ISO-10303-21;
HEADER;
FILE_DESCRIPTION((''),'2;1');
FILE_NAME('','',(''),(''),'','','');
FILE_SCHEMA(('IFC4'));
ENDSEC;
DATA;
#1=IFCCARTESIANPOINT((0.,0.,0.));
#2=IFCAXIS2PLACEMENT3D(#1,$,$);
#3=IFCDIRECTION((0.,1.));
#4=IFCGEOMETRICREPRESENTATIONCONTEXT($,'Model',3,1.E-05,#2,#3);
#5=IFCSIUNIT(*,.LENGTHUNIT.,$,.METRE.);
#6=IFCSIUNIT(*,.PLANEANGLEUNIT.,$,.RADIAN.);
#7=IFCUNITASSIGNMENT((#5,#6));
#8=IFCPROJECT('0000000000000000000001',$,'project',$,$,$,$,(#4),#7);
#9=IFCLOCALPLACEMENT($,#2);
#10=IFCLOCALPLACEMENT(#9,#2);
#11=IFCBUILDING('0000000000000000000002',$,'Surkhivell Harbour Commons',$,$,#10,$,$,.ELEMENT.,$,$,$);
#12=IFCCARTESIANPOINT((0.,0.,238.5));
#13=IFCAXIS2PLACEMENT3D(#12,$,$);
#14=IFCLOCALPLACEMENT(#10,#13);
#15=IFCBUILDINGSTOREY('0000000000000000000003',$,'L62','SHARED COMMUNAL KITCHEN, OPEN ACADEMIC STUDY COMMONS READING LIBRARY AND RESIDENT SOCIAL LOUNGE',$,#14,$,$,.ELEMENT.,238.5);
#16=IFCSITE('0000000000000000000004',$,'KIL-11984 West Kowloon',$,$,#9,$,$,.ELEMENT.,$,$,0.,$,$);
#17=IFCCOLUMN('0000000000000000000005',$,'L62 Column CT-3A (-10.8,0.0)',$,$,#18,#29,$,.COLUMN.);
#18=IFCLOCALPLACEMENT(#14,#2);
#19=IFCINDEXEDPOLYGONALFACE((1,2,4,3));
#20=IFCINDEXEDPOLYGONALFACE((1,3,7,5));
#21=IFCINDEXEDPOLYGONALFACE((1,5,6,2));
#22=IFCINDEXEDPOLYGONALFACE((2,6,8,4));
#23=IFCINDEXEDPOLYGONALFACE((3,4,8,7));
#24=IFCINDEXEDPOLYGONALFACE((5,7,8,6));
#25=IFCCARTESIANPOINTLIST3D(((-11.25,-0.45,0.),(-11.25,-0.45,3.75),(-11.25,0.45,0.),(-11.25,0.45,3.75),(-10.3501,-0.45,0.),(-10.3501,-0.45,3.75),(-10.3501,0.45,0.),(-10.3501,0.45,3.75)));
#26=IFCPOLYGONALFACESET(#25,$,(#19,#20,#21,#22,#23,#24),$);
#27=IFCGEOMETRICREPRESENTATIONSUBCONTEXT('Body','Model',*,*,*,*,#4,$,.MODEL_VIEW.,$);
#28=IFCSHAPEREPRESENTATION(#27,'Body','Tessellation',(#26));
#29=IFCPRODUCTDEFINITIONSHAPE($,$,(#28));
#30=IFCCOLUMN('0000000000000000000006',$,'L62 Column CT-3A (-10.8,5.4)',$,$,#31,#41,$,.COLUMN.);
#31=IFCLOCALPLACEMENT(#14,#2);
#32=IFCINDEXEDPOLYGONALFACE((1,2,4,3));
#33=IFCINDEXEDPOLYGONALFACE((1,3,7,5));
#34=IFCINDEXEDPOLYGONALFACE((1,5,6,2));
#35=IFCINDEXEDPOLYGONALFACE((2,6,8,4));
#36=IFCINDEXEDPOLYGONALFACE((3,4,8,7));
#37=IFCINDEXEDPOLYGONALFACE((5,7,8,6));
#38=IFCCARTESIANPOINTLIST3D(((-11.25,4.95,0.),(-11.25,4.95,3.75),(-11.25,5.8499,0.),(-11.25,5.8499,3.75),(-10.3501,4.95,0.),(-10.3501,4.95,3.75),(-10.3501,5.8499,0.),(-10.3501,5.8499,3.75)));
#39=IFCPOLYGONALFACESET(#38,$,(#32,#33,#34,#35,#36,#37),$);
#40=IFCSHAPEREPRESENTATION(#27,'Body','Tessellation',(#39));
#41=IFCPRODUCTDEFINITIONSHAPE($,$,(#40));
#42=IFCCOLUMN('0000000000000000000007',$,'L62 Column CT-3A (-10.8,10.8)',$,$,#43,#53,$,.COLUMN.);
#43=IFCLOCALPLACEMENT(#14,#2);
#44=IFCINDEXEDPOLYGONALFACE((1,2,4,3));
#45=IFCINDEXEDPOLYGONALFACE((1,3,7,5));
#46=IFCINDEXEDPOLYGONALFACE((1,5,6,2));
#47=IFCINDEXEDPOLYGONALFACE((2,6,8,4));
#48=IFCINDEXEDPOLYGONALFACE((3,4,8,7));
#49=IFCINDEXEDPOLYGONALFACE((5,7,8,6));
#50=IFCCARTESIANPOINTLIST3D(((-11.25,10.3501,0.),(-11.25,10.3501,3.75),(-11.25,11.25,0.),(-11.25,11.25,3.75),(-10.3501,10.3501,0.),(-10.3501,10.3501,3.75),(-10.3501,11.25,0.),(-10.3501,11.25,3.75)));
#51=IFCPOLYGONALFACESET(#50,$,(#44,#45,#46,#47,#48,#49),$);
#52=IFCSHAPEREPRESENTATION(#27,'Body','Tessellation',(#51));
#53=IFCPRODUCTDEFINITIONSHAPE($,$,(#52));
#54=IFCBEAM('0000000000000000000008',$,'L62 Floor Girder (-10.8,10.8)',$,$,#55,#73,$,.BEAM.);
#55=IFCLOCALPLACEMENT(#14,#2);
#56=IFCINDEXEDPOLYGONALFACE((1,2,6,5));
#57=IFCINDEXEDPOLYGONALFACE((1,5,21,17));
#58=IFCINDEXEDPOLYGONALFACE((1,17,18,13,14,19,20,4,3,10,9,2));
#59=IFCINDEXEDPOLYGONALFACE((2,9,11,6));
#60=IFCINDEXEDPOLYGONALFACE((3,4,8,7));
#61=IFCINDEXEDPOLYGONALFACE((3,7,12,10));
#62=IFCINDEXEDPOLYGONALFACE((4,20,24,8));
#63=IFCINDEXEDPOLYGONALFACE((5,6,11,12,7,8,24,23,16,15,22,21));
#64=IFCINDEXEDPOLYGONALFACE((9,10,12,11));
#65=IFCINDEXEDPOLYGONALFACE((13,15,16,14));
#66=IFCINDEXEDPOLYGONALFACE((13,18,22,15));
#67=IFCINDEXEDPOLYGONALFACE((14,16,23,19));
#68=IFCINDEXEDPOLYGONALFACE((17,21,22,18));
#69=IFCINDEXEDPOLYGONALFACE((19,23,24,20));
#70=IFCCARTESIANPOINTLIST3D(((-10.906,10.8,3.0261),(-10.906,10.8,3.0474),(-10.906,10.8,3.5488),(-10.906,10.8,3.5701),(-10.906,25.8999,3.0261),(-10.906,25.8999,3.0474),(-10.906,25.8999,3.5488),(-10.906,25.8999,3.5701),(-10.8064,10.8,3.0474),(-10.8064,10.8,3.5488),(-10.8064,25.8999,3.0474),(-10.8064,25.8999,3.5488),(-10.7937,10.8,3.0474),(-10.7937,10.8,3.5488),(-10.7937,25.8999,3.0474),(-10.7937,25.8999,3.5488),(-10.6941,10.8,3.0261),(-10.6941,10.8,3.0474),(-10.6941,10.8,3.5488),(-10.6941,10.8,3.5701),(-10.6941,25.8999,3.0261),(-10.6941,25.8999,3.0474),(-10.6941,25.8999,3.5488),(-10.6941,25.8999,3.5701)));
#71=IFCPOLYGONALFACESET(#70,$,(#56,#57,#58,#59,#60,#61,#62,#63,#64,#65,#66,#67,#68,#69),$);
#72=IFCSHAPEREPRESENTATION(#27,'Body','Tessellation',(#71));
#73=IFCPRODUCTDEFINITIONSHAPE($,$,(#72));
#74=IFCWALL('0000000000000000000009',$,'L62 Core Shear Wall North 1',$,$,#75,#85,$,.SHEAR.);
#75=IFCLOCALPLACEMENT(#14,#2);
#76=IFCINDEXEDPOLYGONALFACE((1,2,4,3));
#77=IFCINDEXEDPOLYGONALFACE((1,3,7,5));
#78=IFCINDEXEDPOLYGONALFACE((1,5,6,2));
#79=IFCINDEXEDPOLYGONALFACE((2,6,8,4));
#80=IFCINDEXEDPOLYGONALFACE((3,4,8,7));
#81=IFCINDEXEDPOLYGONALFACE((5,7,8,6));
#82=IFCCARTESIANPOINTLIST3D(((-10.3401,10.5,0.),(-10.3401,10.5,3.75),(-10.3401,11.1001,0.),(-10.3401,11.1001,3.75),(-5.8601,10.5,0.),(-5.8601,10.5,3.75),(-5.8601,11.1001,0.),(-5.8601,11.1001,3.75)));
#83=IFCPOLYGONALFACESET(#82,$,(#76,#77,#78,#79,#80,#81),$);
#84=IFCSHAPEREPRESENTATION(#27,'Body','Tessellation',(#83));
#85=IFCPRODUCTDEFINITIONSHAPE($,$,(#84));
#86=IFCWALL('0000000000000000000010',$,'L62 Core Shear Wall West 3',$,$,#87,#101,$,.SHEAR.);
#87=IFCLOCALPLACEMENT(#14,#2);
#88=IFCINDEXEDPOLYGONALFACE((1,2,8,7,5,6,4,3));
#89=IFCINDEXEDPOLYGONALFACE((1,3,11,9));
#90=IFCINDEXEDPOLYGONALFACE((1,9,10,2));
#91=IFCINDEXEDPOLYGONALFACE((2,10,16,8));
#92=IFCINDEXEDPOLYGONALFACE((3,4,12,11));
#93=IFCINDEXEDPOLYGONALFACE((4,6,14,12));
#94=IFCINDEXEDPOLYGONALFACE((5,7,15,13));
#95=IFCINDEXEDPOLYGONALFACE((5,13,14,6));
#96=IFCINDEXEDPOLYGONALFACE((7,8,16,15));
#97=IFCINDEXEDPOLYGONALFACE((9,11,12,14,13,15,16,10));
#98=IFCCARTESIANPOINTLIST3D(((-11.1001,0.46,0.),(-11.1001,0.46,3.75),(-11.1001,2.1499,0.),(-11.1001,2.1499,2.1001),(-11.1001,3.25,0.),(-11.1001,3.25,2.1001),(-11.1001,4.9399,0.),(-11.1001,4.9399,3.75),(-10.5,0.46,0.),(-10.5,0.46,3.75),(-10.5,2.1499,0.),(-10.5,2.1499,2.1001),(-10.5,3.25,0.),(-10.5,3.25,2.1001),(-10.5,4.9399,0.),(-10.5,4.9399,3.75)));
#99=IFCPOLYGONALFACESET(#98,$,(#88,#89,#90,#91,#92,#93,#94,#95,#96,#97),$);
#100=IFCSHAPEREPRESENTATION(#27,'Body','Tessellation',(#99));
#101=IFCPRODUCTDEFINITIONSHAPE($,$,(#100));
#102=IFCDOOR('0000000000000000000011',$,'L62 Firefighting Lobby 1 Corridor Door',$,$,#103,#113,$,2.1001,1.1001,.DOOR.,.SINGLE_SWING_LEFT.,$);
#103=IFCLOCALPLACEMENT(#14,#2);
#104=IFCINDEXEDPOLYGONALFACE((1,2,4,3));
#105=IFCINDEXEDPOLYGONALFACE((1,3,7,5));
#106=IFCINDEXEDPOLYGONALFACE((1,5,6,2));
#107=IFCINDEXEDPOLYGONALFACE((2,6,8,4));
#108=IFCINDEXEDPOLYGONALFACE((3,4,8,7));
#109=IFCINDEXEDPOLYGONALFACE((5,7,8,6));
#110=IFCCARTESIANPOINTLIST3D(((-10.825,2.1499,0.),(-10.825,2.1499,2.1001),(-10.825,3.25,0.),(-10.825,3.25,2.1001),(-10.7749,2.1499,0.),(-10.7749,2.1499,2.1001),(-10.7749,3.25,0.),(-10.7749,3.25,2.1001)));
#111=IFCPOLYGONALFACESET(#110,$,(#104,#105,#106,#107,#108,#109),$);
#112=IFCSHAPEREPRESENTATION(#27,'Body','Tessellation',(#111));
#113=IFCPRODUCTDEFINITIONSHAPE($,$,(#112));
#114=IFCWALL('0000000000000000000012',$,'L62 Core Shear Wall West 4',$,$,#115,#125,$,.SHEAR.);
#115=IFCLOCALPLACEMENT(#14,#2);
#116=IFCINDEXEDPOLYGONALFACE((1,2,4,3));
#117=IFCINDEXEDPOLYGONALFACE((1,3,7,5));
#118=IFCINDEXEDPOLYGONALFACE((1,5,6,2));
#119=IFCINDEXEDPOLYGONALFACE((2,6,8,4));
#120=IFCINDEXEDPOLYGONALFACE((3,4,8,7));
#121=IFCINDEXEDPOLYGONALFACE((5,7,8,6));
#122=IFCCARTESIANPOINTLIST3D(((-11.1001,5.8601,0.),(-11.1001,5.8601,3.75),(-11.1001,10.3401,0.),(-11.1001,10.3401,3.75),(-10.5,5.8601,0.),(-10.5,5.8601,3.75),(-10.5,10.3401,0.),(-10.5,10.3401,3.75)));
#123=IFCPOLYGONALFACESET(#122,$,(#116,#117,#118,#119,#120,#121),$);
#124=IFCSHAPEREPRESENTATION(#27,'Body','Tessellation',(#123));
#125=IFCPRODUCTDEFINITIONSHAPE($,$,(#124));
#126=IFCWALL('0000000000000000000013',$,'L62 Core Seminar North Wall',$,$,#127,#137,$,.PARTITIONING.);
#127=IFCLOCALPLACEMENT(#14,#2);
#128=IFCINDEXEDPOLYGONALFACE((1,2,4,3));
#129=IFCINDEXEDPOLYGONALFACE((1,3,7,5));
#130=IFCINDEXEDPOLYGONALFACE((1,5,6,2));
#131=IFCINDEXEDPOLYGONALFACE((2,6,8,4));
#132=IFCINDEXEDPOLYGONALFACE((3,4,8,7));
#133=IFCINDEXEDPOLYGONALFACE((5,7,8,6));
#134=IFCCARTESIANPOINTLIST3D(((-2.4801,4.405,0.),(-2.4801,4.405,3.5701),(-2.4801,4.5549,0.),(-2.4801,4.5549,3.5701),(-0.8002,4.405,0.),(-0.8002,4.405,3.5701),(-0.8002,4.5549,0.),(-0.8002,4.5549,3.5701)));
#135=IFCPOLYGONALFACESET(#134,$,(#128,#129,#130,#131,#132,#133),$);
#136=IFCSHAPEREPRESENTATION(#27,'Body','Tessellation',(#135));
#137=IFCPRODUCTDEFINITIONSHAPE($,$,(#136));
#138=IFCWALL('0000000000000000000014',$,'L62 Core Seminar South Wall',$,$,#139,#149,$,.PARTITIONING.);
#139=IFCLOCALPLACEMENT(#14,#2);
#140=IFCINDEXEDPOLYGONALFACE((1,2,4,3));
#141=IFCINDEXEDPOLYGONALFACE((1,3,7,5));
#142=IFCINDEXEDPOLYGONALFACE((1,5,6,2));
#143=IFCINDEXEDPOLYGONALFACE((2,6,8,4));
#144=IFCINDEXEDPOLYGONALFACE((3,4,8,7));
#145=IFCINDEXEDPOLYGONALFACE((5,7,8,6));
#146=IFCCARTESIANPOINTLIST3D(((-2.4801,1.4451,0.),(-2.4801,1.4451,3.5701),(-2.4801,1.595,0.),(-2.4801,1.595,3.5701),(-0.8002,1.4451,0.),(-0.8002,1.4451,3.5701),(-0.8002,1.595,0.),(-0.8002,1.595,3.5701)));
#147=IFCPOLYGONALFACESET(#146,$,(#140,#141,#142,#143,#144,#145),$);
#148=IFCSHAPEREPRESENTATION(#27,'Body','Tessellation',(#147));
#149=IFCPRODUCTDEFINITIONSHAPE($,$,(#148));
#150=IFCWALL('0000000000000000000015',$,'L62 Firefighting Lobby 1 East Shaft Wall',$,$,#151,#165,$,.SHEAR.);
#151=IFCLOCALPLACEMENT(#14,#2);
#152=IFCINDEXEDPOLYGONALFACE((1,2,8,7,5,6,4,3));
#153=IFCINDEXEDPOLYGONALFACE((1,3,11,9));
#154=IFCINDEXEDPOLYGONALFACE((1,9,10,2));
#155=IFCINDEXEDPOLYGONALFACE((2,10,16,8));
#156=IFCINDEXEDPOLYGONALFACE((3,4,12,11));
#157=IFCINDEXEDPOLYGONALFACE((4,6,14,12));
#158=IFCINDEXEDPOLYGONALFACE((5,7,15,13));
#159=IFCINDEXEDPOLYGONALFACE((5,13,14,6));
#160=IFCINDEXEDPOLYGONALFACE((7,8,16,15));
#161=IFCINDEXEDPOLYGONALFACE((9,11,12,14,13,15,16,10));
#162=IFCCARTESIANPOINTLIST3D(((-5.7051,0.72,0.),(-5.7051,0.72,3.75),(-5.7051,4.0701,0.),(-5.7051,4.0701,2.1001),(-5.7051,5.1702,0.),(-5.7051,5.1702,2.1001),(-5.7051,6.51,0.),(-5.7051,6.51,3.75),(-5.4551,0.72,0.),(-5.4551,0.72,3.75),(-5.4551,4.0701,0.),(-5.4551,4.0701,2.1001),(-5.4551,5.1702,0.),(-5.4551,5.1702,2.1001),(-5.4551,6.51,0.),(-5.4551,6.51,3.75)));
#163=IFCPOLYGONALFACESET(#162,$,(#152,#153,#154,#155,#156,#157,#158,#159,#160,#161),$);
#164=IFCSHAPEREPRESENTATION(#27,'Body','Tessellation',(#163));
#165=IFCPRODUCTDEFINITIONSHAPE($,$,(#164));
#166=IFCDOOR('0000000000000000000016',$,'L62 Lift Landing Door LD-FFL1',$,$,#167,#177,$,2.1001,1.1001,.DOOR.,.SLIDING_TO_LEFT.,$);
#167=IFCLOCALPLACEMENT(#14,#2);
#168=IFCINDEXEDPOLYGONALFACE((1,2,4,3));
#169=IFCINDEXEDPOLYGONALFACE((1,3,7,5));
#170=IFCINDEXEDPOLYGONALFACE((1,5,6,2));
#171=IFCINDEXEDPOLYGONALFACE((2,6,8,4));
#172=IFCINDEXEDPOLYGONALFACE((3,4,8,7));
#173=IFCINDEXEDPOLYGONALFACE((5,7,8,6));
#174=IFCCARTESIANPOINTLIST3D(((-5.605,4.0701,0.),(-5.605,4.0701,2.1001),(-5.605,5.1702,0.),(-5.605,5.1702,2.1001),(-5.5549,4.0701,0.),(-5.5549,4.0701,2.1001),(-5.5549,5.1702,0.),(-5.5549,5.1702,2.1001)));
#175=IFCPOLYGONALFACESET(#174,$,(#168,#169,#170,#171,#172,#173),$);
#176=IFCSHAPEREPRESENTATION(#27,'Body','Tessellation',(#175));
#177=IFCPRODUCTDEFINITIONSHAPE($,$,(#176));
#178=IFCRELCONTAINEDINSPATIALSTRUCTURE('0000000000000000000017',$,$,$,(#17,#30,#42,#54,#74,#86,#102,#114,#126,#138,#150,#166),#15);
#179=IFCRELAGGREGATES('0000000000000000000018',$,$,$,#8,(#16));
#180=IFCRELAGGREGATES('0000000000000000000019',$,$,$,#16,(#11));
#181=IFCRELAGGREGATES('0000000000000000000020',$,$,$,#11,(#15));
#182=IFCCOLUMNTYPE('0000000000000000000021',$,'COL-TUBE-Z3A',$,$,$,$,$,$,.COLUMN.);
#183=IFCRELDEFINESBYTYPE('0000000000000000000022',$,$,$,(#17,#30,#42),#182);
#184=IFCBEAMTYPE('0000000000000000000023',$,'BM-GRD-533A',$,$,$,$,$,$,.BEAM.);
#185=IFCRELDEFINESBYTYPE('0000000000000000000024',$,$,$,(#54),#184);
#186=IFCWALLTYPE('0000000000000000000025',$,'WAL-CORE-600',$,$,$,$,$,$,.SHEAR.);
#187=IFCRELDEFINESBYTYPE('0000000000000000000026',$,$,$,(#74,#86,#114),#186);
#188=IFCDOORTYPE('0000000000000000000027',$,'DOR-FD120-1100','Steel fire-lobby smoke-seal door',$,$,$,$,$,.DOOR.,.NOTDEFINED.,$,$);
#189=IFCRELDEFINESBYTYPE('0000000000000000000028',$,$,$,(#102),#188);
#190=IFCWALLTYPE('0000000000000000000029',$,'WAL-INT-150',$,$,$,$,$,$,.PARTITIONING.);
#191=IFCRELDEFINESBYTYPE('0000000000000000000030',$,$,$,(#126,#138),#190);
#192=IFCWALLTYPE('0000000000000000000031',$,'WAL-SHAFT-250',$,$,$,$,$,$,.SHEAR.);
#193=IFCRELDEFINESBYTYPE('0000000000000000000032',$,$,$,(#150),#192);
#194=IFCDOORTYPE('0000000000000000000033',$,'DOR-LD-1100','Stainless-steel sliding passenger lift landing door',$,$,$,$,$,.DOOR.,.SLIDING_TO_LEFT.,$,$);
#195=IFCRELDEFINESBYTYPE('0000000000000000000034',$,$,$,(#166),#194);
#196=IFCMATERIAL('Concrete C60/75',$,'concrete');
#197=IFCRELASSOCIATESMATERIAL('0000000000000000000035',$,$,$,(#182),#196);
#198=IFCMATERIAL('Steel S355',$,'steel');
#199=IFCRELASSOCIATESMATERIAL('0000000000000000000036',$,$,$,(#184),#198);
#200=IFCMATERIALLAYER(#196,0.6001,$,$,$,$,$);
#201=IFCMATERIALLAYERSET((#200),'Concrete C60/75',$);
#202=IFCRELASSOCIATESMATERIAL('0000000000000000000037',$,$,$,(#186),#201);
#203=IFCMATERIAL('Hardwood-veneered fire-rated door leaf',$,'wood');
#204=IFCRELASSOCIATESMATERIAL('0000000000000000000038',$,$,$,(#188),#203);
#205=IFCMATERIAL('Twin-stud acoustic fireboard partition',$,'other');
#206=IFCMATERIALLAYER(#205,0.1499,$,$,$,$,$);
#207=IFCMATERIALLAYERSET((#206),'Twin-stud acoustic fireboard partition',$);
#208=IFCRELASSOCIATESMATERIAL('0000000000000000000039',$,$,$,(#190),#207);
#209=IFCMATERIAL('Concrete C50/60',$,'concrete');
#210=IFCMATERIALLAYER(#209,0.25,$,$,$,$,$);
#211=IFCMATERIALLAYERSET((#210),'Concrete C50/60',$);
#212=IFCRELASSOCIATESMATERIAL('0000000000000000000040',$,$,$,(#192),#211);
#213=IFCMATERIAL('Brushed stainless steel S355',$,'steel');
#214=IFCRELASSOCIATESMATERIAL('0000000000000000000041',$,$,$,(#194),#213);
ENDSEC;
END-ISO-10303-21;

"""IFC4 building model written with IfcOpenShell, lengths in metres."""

from ifc_helpers import new_model, si_unit, direction, frame, frame_2d, origin, origin_2d, place, context, subcontext, project, spatial, rectangle, i_section, extrude, material, layer, layer_set, material_profile, profile_set, type_object, element, fill, save


model = new_model("IFC4")

# Units and contexts
model_context = context("Model", 3, precision=1e-05, world=origin(), true_north=direction((0.0, 1.0)))
body_context = subcontext(model_context, "Body", "Model", "MODEL_VIEW")
ifc_project = project(units=[si_unit("LENGTHUNIT", "METRE"), si_unit("PLANEANGLEUNIT", "RADIAN")], contexts=[model_context])

# Site, building, storey
site_placement = place(None, origin())
site = spatial("IfcSite", under=ifc_project, at=site_placement, Name="KIL-11984 West Kowloon", CompositionType="ELEMENT", RefElevation=0.0)
building_placement = place(site_placement, origin())
building = spatial("IfcBuilding", under=site, at=building_placement, Name="Surkhivell Harbour Commons", CompositionType="ELEMENT")
storey_placement = place(building_placement, frame((0.0, 0.0, 238.5)))
storey = spatial("IfcBuildingStorey", under=building, at=storey_placement, Name="L62", Description="SHARED COMMUNAL KITCHEN, OPEN ACADEMIC STUDY COMMONS READING LIBRARY AND RESIDENT SOCIAL LOUNGE", CompositionType="ELEMENT", Elevation=238.5)

# Columns
ifc_material_1 = material(Name="Concrete C60/75", Category="concrete")
ifc_material_profile_1 = material_profile(ifc_material_1, rectangle(XDim=0.8999, YDim=0.8999, at=origin_2d()), Name="RC-COL-900x900")
ifc_profile_set_1 = profile_set([ifc_material_profile_1], Name="Concrete C60/75")
column_type = type_object("IfcColumnType", Name="COL-TUBE-Z3A", PredefinedType="COLUMN", material=ifc_profile_set_1)
for number, where, z_axis, x_axis, name in (
    (1, (-10.8, 0.0, 0.0), (0.0, 0.0, 1.0), (1.0, 0.0, 0.0), "L62 Column CT-3A (-10.8,0.0)"),
    (2, (-10.8, 5.3999, 0.0), (0.0, 0.0, 1.0), (1.0, 0.0, 0.0), "L62 Column CT-3A (-10.8,5.4)"),
    (3, (-10.8, 10.8, 0.0), (0.0, 0.0, 1.0), (1.0, 0.0, 0.0), "L62 Column CT-3A (-10.8,10.8)"),
):
    element("IfcColumn", number, at=place(storey_placement, frame(where, z_axis=z_axis, x_axis=x_axis)), inside=storey, type_object=column_type, Name=name, PredefinedType="COLUMN", context=body_context, shape_type="SweptSolid", body=[
        extrude(rectangle(XDim=0.8999, YDim=0.8999, at=origin_2d()), origin(), (0.0, 0.0, 1.0), 3.75),
    ])

# Beam
ifc_material_2 = material(Name="Steel S355", Category="steel")
ifc_material_profile_2 = material_profile(ifc_material_2, i_section(OverallWidth=0.2119, OverallDepth=0.5439, WebThickness=0.0127, FlangeThickness=0.0212, at=origin_2d()), Name="UB533x210x122")
ifc_profile_set_2 = profile_set([ifc_material_profile_2], Name="Steel S355")
beam_type = type_object("IfcBeamType", Name="BM-GRD-533A", PredefinedType="BEAM", material=ifc_profile_set_2)
beam_placement = place(storey_placement, frame((-10.8, 10.8, 3.2981), z_axis=(0.0, 1.0, 0.0), x_axis=(-1.0, 0.0, 0.0)))
element("IfcBeam", 4, at=beam_placement, inside=storey, type_object=beam_type, Name="L62 Floor Girder (-10.8,10.8)", PredefinedType="BEAM", context=body_context, shape_type="SweptSolid", body=[
    extrude(i_section(OverallWidth=0.2119, OverallDepth=0.5439, WebThickness=0.0127, FlangeThickness=0.0212, at=origin_2d()), origin(), (0.0, 0.0, 1.0), 15.0999),
])

# Wall
ifc_layer_1 = layer(ifc_material_1, 0.6001)
ifc_layer_set_1 = layer_set([ifc_layer_1], Name="Concrete C60/75")
wall_type_1 = type_object("IfcWallType", Name="WAL-CORE-600", PredefinedType="SHEAR", material=ifc_layer_set_1)
wall_1_placement = place(storey_placement, frame((-10.3401, 10.8, 0.0), z_axis=(0.0, 0.0, 1.0), x_axis=(1.0, 0.0, 0.0)))
element("IfcWall", 5, at=wall_1_placement, inside=storey, type_object=wall_type_1, Name="L62 Core Shear Wall North 1", PredefinedType="SHEAR", context=body_context, shape_type="SweptSolid", body=[
    extrude(rectangle(XDim=4.48, YDim=0.6001, at=frame_2d((2.24, 0.0))), origin(), (0.0, 0.0, 1.0), 3.75),
])

# Wall, opening, door
wall_2_placement = place(storey_placement, frame((-10.8, 0.46, 0.0), z_axis=(0.0, 0.0, 1.0), x_axis=(0.0, 1.0, 0.0)))
wall_2 = element("IfcWall", 6, at=wall_2_placement, inside=storey, type_object=wall_type_1, Name="L62 Core Shear Wall West 3", PredefinedType="SHEAR", context=body_context, shape_type="SweptSolid", body=[
    extrude(rectangle(XDim=4.48, YDim=0.6001, at=frame_2d((2.24, 0.0))), origin(), (0.0, 0.0, 1.0), 3.75),
])
opening_1_placement = place(wall_2_placement, frame((1.6899, 0.0, 0.0)))
opening_1 = element("IfcOpeningElement", 7, at=opening_1_placement, cuts=wall_2, PredefinedType="OPENING", context=body_context, shape_type="SweptSolid", body=[
    extrude(rectangle(XDim=1.1001, YDim=2.1001, at=frame_2d((0.55, 1.05))), frame((0.0, 0.3101, 0.0), z_axis=(0.0, -1.0, 0.0), x_axis=(1.0, 0.0, 0.0)), (0.0, 0.0, 1.0), 0.6201),
])
ifc_material_3 = material(Name="Hardwood-veneered fire-rated door leaf", Category="wood")
door_type_1 = type_object("IfcDoorType", Name="DOR-FD120-1100", Description="Steel fire-lobby smoke-seal door", OperationType="NOTDEFINED", PredefinedType="DOOR", material=ifc_material_3)
door_1_placement = place(opening_1_placement, origin())
door_1 = element("IfcDoor", 8, at=door_1_placement, inside=storey, type_object=door_type_1, Name="L62 Firefighting Lobby 1 Corridor Door", OperationType="SINGLE_SWING_LEFT", OverallHeight=2.1001, OverallWidth=1.1001, PredefinedType="DOOR", context=body_context, shape_type="SweptSolid", body=[
    extrude(rectangle(XDim=1.1001, YDim=2.1001, at=frame_2d((0.55, 1.05))), frame((0.0, 0.0249, 0.0), z_axis=(0.0, -1.0, 0.0), x_axis=(1.0, 0.0, 0.0)), (0.0, 0.0, 1.0), 0.05),
])
fill(opening_1, door_1)

# Walls
wall_3_placement = place(storey_placement, frame((-10.8, 5.8601, 0.0), z_axis=(0.0, 0.0, 1.0), x_axis=(0.0, 1.0, 0.0)))
element("IfcWall", 9, at=wall_3_placement, inside=storey, type_object=wall_type_1, Name="L62 Core Shear Wall West 4", PredefinedType="SHEAR", context=body_context, shape_type="SweptSolid", body=[
    extrude(rectangle(XDim=4.48, YDim=0.6001, at=frame_2d((2.24, 0.0))), origin(), (0.0, 0.0, 1.0), 3.75),
])
ifc_material_4 = material(Name="Twin-stud acoustic fireboard partition", Category="other")
ifc_layer_2 = layer(ifc_material_4, 0.1499)
ifc_layer_set_2 = layer_set([ifc_layer_2], Name="Twin-stud acoustic fireboard partition")
wall_type_2 = type_object("IfcWallType", Name="WAL-INT-150", PredefinedType="PARTITIONING", material=ifc_layer_set_2)
for number, where, z_axis, x_axis, name in (
    (10, (-2.48, 4.48, 0.0), (0.0, 0.0, 1.0), (1.0, 0.0, 0.0), "L62 Core Seminar North Wall"),
    (11, (-2.48, 1.52, 0.0), (0.0, 0.0, 1.0), (1.0, 0.0, 0.0), "L62 Core Seminar South Wall"),
):
    element("IfcWall", number, at=place(storey_placement, frame(where, z_axis=z_axis, x_axis=x_axis)), inside=storey, type_object=wall_type_2, Name=name, PredefinedType="PARTITIONING", context=body_context, shape_type="SweptSolid", body=[
        extrude(rectangle(XDim=1.6799, YDim=0.1499, at=frame_2d((0.8398, 0.0))), origin(), (0.0, 0.0, 1.0), 3.5701),
    ])

# Wall, opening, door
ifc_material_5 = material(Name="Concrete C50/60", Category="concrete")
ifc_layer_3 = layer(ifc_material_5, 0.25)
ifc_layer_set_3 = layer_set([ifc_layer_3], Name="Concrete C50/60")
wall_type_3 = type_object("IfcWallType", Name="WAL-SHAFT-250", PredefinedType="SHEAR", material=ifc_layer_set_3)
wall_4_placement = place(storey_placement, frame((-5.5801, 0.72, 0.0), z_axis=(0.0, 0.0, 1.0), x_axis=(0.0, 1.0, 0.0)))
wall_4 = element("IfcWall", 12, at=wall_4_placement, inside=storey, type_object=wall_type_3, Name="L62 Firefighting Lobby 1 East Shaft Wall", PredefinedType="SHEAR", context=body_context, shape_type="SweptSolid", body=[
    extrude(rectangle(XDim=5.79, YDim=0.25, at=frame_2d((2.895, 0.0))), origin(), (0.0, 0.0, 1.0), 3.75),
])
opening_2_placement = place(wall_4_placement, frame((3.3501, 0.0, 0.0)))
opening_2 = element("IfcOpeningElement", 13, at=opening_2_placement, cuts=wall_4, PredefinedType="OPENING", context=body_context, shape_type="SweptSolid", body=[
    extrude(rectangle(XDim=1.1001, YDim=2.1001, at=frame_2d((0.55, 1.05))), frame((0.0, 0.135, 0.0), z_axis=(0.0, -1.0, 0.0), x_axis=(1.0, 0.0, 0.0)), (0.0, 0.0, 1.0), 0.27),
])
ifc_material_6 = material(Name="Brushed stainless steel S355", Category="steel")
door_type_2 = type_object("IfcDoorType", Name="DOR-LD-1100", Description="Stainless-steel sliding passenger lift landing door", OperationType="SLIDING_TO_LEFT", PredefinedType="DOOR", material=ifc_material_6)
door_2_placement = place(opening_2_placement, origin())
door_2 = element("IfcDoor", 14, at=door_2_placement, inside=storey, type_object=door_type_2, Name="L62 Lift Landing Door LD-FFL1", OperationType="SLIDING_TO_LEFT", OverallHeight=2.1001, OverallWidth=1.1001, PredefinedType="DOOR", context=body_context, shape_type="SweptSolid", body=[
    extrude(rectangle(XDim=1.1001, YDim=2.1001, at=frame_2d((0.55, 1.05))), frame((0.0, 0.0249, 0.0), z_axis=(0.0, -1.0, 0.0), x_axis=(1.0, 0.0, 0.0)), (0.0, 0.0, 1.0), 0.05),
])
fill(opening_2, door_2)

save(model, "model.ifc")
